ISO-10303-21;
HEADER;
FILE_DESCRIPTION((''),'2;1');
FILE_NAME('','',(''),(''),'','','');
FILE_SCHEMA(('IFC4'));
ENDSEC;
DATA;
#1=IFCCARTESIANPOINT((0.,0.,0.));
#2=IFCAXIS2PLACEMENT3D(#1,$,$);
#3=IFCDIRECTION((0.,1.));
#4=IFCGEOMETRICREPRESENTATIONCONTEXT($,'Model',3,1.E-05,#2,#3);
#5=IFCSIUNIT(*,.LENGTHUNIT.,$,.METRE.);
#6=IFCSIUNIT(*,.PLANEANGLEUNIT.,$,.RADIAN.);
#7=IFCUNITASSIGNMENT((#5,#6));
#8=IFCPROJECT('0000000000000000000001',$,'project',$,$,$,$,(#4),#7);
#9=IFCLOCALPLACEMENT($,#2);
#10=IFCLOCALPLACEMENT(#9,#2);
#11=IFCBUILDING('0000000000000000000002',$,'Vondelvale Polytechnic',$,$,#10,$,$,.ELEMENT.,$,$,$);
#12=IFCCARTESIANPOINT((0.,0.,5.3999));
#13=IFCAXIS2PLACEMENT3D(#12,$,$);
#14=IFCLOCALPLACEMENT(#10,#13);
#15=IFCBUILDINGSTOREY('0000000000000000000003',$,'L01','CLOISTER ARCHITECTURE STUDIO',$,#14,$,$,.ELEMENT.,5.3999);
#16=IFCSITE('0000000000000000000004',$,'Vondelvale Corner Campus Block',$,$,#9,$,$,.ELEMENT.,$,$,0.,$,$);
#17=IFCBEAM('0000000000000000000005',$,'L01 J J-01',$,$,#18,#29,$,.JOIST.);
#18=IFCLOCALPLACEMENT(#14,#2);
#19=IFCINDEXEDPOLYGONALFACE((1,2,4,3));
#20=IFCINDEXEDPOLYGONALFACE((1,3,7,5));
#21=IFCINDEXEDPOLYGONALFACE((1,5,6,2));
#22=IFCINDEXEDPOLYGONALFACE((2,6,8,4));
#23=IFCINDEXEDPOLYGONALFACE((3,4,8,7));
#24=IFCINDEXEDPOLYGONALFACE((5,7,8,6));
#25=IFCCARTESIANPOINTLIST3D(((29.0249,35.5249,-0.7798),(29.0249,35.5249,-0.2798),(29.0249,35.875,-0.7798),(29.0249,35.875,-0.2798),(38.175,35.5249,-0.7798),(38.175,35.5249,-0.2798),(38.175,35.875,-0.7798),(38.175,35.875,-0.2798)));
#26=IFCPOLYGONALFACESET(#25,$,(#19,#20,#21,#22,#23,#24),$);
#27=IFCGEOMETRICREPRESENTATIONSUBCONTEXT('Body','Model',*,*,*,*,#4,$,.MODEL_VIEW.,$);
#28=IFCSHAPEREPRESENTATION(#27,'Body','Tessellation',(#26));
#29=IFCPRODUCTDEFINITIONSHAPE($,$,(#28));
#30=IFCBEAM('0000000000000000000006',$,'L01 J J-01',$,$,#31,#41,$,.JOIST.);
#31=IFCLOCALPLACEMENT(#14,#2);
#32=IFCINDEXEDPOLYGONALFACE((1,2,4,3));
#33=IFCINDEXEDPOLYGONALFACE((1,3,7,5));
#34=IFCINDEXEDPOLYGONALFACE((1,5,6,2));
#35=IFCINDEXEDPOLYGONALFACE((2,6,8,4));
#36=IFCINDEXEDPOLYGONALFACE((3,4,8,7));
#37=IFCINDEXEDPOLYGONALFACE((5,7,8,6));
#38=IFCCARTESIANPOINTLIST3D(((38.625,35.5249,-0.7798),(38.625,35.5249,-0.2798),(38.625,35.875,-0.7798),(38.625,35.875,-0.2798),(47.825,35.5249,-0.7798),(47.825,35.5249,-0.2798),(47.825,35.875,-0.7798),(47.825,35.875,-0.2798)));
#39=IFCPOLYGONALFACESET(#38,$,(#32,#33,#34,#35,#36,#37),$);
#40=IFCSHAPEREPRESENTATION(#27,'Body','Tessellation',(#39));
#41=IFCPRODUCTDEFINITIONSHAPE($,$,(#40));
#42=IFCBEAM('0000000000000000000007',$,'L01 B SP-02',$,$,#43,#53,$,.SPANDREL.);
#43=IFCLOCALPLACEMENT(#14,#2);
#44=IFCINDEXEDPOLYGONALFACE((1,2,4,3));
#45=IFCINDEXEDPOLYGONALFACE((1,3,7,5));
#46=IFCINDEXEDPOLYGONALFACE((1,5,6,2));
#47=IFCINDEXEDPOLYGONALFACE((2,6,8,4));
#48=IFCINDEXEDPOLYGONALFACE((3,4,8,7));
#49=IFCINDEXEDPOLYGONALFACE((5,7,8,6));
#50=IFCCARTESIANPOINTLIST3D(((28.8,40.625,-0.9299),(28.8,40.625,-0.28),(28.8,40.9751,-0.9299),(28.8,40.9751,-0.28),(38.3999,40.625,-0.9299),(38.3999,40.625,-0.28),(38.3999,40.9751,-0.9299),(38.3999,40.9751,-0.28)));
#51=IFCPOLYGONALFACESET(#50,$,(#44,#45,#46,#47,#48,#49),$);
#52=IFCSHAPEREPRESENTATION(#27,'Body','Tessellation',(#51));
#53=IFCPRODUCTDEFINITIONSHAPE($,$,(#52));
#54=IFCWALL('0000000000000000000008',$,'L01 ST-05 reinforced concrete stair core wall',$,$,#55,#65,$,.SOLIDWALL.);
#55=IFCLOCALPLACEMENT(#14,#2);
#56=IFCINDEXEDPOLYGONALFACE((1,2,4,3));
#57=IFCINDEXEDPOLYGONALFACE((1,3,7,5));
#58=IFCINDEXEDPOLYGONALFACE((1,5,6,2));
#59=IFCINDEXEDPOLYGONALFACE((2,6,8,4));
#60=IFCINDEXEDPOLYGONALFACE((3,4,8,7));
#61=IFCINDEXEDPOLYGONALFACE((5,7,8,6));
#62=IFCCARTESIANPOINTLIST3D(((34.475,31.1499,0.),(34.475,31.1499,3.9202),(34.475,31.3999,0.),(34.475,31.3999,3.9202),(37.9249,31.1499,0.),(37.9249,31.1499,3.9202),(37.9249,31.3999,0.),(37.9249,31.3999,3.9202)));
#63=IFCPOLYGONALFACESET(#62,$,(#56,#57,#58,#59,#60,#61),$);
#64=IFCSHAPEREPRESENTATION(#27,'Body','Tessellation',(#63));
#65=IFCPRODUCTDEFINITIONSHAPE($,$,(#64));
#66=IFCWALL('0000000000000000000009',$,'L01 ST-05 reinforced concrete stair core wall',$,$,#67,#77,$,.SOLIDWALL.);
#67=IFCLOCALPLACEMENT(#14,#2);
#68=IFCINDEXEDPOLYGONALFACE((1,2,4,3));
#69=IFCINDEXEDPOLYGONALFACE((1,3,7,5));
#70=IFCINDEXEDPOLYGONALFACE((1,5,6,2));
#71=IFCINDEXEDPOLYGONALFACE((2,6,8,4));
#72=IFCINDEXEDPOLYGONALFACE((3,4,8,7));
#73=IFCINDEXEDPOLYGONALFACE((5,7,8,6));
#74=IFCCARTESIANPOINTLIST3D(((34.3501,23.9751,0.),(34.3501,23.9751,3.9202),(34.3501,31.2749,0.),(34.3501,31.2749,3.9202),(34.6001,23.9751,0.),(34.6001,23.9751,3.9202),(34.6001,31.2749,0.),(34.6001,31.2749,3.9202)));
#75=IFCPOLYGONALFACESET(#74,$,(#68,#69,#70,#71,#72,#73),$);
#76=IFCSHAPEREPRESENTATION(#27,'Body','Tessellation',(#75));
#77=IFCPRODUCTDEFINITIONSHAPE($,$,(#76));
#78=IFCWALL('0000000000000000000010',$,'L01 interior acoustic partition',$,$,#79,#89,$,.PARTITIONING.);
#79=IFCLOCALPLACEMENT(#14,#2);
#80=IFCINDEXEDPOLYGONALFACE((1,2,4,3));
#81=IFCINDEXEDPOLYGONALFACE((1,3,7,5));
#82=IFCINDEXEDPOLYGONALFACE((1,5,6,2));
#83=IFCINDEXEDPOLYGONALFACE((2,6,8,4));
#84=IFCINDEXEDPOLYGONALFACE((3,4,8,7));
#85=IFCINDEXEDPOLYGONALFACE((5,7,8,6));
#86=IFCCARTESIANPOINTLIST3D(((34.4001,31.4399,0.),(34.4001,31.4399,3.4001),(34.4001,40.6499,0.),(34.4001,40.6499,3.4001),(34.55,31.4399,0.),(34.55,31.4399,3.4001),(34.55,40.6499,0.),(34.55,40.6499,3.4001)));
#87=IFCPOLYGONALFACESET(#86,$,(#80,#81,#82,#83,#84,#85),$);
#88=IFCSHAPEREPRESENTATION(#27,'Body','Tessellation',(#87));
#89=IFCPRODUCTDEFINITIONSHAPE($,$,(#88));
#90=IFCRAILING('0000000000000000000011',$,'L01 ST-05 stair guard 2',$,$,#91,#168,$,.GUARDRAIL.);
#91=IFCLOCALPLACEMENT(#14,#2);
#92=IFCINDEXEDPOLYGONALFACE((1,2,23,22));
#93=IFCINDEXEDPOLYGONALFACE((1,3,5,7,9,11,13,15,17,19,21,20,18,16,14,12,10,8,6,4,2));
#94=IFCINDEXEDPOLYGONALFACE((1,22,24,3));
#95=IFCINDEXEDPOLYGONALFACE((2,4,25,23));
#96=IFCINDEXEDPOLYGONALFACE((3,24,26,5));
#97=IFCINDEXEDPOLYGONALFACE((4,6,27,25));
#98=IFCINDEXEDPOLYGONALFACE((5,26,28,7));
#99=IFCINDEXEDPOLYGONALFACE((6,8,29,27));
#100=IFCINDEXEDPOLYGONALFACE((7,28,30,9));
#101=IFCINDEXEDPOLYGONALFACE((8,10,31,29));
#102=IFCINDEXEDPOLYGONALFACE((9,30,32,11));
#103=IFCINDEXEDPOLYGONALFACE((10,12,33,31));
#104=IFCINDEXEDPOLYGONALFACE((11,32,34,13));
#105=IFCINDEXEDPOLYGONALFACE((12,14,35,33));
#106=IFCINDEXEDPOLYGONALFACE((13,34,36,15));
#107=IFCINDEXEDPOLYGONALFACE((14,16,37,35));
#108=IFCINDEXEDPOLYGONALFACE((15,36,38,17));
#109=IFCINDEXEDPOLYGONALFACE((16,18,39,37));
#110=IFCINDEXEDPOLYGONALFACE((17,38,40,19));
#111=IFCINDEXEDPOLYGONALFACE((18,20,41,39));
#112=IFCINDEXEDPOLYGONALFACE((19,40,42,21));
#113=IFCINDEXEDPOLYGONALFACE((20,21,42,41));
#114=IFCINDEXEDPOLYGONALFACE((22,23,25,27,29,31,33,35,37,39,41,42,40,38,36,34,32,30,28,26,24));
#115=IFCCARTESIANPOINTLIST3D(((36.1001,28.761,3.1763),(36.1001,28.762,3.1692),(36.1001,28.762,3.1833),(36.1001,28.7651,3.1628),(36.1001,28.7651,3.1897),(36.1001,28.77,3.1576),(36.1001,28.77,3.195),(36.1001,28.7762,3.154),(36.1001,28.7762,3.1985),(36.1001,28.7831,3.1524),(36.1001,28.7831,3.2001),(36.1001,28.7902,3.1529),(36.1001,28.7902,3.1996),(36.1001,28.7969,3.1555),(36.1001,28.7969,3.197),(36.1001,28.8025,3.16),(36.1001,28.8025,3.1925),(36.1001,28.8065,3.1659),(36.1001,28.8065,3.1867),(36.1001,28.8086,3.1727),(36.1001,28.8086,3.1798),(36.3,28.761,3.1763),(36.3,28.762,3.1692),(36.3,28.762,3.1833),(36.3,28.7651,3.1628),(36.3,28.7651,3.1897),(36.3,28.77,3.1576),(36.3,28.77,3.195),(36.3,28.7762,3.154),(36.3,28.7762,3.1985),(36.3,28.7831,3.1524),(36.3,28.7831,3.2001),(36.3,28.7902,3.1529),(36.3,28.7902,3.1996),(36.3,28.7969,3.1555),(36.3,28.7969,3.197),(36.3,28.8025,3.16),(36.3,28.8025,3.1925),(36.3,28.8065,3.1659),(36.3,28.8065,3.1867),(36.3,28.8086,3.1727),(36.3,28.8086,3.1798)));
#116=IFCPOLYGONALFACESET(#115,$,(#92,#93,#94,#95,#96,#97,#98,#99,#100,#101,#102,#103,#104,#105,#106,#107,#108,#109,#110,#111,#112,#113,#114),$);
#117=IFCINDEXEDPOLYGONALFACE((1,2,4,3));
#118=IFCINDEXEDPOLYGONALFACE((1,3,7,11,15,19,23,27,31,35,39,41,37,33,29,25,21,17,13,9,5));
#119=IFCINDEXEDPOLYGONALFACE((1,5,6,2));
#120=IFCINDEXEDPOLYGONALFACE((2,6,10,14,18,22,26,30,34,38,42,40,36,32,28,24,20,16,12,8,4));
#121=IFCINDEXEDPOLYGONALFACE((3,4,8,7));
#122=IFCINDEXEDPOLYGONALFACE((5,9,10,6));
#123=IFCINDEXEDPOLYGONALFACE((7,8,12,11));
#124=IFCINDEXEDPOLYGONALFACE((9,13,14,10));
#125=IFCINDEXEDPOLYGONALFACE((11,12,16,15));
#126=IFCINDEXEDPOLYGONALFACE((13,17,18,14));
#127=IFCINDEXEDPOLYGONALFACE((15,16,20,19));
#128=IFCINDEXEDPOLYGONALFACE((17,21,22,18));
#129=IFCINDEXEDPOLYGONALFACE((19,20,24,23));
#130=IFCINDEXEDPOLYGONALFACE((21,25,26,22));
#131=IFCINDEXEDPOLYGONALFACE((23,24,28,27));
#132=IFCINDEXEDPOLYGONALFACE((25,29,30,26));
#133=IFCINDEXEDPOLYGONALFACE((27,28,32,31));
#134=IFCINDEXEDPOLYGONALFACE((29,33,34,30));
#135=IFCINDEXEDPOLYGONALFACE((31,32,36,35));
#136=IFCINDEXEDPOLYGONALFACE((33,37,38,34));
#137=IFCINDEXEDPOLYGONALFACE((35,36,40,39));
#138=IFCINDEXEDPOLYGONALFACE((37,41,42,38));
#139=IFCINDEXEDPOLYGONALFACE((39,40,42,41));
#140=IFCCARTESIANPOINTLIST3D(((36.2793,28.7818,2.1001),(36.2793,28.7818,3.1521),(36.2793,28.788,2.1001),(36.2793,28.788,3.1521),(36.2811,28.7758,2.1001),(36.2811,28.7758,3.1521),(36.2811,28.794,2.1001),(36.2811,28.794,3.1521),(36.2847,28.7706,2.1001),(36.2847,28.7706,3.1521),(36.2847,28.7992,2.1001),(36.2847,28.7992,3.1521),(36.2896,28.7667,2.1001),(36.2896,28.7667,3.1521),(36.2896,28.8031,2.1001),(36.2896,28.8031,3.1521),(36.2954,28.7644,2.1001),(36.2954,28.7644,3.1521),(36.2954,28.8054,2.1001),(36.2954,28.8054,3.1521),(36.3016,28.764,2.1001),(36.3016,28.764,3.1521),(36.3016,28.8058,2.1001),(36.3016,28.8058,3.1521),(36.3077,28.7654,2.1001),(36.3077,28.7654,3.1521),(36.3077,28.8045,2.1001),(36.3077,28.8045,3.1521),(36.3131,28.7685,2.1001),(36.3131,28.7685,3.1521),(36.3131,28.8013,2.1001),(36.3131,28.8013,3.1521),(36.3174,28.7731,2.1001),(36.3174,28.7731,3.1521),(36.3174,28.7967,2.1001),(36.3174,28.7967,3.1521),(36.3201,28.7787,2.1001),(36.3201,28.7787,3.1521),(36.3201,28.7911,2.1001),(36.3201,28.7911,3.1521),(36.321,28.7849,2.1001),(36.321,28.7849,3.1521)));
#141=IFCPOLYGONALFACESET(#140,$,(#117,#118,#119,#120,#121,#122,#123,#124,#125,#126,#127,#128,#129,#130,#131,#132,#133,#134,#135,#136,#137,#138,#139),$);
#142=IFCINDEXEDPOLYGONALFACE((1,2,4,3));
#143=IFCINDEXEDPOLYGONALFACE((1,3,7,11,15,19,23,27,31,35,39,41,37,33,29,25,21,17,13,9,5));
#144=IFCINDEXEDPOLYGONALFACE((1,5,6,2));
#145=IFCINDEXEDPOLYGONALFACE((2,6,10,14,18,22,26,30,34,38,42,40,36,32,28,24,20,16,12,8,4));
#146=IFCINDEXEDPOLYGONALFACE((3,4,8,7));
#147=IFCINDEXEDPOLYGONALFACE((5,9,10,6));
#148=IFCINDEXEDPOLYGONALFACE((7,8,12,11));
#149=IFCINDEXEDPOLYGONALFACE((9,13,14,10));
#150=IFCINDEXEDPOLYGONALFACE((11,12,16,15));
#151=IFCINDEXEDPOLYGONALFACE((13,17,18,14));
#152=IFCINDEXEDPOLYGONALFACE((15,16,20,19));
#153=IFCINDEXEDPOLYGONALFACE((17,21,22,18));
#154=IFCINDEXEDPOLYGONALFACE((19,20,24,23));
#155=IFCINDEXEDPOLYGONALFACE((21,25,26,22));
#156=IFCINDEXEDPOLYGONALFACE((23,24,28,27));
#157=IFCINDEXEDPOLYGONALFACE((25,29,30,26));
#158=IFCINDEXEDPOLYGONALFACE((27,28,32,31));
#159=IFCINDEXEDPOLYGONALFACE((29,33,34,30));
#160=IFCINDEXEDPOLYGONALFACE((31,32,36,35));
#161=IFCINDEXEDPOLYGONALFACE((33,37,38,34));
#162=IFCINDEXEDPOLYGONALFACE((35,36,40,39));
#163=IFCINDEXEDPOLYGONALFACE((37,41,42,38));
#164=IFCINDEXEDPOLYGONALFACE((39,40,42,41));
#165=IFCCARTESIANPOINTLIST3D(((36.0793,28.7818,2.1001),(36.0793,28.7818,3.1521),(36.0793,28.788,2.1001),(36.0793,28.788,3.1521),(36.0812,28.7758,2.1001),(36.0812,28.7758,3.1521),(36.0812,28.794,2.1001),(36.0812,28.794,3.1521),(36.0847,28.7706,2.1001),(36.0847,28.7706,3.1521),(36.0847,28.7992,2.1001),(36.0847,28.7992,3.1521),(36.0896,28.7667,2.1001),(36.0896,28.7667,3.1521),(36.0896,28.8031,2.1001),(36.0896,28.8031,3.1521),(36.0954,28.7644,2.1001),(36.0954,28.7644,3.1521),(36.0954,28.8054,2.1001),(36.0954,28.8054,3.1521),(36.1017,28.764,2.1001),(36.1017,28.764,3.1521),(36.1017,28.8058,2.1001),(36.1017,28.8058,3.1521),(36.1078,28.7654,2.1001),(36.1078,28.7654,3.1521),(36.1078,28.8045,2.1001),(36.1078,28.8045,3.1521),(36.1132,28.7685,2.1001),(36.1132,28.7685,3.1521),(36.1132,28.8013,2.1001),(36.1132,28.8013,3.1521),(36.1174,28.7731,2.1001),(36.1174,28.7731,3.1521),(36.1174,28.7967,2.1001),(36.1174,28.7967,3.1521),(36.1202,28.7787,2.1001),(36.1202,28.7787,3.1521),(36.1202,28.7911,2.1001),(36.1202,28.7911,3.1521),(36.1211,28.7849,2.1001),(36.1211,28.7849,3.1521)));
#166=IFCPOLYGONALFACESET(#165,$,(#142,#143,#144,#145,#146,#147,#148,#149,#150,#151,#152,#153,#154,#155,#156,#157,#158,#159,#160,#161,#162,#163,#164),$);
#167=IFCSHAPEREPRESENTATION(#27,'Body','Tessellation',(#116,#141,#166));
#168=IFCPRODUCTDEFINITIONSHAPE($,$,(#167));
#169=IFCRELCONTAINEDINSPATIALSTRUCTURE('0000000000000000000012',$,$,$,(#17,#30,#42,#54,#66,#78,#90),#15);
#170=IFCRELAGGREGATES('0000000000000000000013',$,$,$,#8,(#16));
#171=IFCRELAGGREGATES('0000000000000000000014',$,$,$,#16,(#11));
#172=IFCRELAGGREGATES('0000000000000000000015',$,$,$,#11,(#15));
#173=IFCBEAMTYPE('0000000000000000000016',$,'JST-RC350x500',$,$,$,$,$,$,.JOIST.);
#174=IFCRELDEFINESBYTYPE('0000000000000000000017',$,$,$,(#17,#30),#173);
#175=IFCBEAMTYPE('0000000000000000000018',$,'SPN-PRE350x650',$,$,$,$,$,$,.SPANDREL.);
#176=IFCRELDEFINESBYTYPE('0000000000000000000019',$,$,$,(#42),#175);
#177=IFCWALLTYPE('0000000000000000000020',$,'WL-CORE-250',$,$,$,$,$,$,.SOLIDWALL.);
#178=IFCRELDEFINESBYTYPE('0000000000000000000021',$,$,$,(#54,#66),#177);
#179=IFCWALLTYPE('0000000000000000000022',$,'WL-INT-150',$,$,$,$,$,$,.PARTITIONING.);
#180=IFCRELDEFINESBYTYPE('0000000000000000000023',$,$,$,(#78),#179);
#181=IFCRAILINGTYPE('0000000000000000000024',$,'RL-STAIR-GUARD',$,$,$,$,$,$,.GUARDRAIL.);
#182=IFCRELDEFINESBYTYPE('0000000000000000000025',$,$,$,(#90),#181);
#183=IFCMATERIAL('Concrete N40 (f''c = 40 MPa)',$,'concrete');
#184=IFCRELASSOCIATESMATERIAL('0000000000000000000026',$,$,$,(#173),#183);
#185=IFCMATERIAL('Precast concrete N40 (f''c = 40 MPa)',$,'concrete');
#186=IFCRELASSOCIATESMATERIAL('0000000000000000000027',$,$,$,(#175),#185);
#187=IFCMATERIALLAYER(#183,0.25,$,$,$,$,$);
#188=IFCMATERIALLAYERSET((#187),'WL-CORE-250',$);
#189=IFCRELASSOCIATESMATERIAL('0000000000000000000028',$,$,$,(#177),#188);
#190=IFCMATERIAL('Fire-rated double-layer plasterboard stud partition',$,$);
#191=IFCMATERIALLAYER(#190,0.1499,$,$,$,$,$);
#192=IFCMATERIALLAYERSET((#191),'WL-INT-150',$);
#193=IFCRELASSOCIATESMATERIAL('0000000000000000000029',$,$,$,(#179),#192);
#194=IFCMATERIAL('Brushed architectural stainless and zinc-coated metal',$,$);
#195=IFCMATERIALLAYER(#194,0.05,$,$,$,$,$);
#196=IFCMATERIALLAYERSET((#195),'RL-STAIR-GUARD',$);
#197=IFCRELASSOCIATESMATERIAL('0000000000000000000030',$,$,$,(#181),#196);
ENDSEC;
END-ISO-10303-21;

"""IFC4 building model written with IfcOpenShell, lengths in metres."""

from ifc_helpers import new_model, si_unit, direction, frame, frame_2d, origin, origin_2d, place, context, subcontext, project, spatial, rectangle, circle, extrude, material, layer, layer_set, material_profile, profile_set, type_object, element, save


model = new_model("IFC4")

# Units and contexts
model_context = context("Model", 3, precision=1e-05, world=origin(), true_north=direction((0.0, 1.0)))
body_context = subcontext(model_context, "Body", "Model", "MODEL_VIEW")
ifc_project = project(units=[si_unit("LENGTHUNIT", "METRE"), si_unit("PLANEANGLEUNIT", "RADIAN")], contexts=[model_context])

# Site, building, storey
site_placement = place(None, origin())
site = spatial("IfcSite", under=ifc_project, at=site_placement, Name="Vondelvale Corner Campus Block", CompositionType="ELEMENT", RefElevation=0.0)
building_placement = place(site_placement, origin())
building = spatial("IfcBuilding", under=site, at=building_placement, Name="Vondelvale Polytechnic", CompositionType="ELEMENT")
storey_placement = place(building_placement, frame((0.0, 0.0, 5.3999)))
storey = spatial("IfcBuildingStorey", under=building, at=storey_placement, Name="L01", Description="CLOISTER ARCHITECTURE STUDIO", CompositionType="ELEMENT", Elevation=5.3999)

# Beams
ifc_material_1 = material(Name="Concrete N40 (f'c = 40 MPa)", Category="concrete")
ifc_material_profile_1 = material_profile(ifc_material_1, rectangle(XDim=0.3501, YDim=0.5, at=origin_2d()), Name="RC-JST-350x500")
ifc_profile_set_1 = profile_set([ifc_material_profile_1], Name="Concrete N40 (f'c = 40 MPa)")
beam_type_1 = type_object("IfcBeamType", Name="JST-RC350x500", PredefinedType="JOIST", material=ifc_profile_set_1)
beam_1_placement = place(storey_placement, frame((29.0249, 35.7, -0.5298), z_axis=(1.0, 0.0, 0.0), x_axis=(0.0, 1.0, 0.0)))
element("IfcBeam", 1, at=beam_1_placement, inside=storey, type_object=beam_type_1, Name="L01 J J-01", PredefinedType="JOIST", context=body_context, shape_type="SweptSolid", body=[
    extrude(rectangle(XDim=0.3501, YDim=0.5, at=origin_2d()), origin(), (0.0, 0.0, 1.0), 9.1501),
])
beam_2_placement = place(storey_placement, frame((38.625, 35.7, -0.5298), z_axis=(1.0, 0.0, 0.0), x_axis=(0.0, 1.0, 0.0)))
element("IfcBeam", 2, at=beam_2_placement, inside=storey, type_object=beam_type_1, Name="L01 J J-01", PredefinedType="JOIST", context=body_context, shape_type="SweptSolid", body=[
    extrude(rectangle(XDim=0.3501, YDim=0.5, at=origin_2d()), origin(), (0.0, 0.0, 1.0), 9.2),
])
ifc_material_2 = material(Name="Precast concrete N40 (f'c = 40 MPa)", Category="concrete")
ifc_material_profile_2 = material_profile(ifc_material_2, rectangle(XDim=0.3501, YDim=0.6499, at=origin_2d()), Name="RC-SPN-350x650")
ifc_profile_set_2 = profile_set([ifc_material_profile_2], Name="Precast concrete N40 (f'c = 40 MPa)")
beam_type_2 = type_object("IfcBeamType", Name="SPN-PRE350x650", PredefinedType="SPANDREL", material=ifc_profile_set_2)
beam_3_placement = place(storey_placement, frame((28.8, 40.8, -0.605), z_axis=(1.0, 0.0, 0.0), x_axis=(0.0, 1.0, 0.0)))
element("IfcBeam", 3, at=beam_3_placement, inside=storey, type_object=beam_type_2, Name="L01 B SP-02", PredefinedType="SPANDREL", context=body_context, shape_type="SweptSolid", body=[
    extrude(rectangle(XDim=0.3501, YDim=0.6499, at=origin_2d()), origin(), (0.0, 0.0, 1.0), 9.5999),
])

# Walls
ifc_layer_1 = layer(ifc_material_1, 0.25)
ifc_layer_set_1 = layer_set([ifc_layer_1], Name="WL-CORE-250")
wall_type_1 = type_object("IfcWallType", Name="WL-CORE-250", PredefinedType="SOLIDWALL", material=ifc_layer_set_1)
wall_1_placement = place(storey_placement, frame((37.925, 31.2749, 0.0), z_axis=(0.0, 0.0, 1.0), x_axis=(-1.0, 0.0, 0.0)))
element("IfcWall", 4, at=wall_1_placement, inside=storey, type_object=wall_type_1, Name="L01 ST-05 reinforced concrete stair core wall", PredefinedType="SOLIDWALL", context=body_context, shape_type="SweptSolid", body=[
    extrude(rectangle(XDim=3.45, YDim=0.25, at=frame_2d((1.7251, 0.0))), origin(), (0.0, 0.0, 1.0), 3.9202),
])
wall_2_placement = place(storey_placement, frame((34.4751, 31.2749, 0.0), z_axis=(0.0, 0.0, 1.0), x_axis=(0.0, -1.0, 0.0)))
element("IfcWall", 5, at=wall_2_placement, inside=storey, type_object=wall_type_1, Name="L01 ST-05 reinforced concrete stair core wall", PredefinedType="SOLIDWALL", context=body_context, shape_type="SweptSolid", body=[
    extrude(rectangle(XDim=7.2998, YDim=0.25, at=frame_2d((3.6499, 0.0))), origin(), (0.0, 0.0, 1.0), 3.9202),
])
ifc_material_3 = material(Name="Fire-rated double-layer plasterboard stud partition")
ifc_layer_2 = layer(ifc_material_3, 0.1499)
ifc_layer_set_2 = layer_set([ifc_layer_2], Name="WL-INT-150")
wall_type_2 = type_object("IfcWallType", Name="WL-INT-150", PredefinedType="PARTITIONING", material=ifc_layer_set_2)
wall_3_placement = place(storey_placement, frame((34.4751, 31.4399, 0.0), z_axis=(0.0, 0.0, 1.0), x_axis=(0.0, 1.0, 0.0)))
element("IfcWall", 6, at=wall_3_placement, inside=storey, type_object=wall_type_2, Name="L01 interior acoustic partition", PredefinedType="PARTITIONING", context=body_context, shape_type="SweptSolid", body=[
    extrude(rectangle(XDim=9.21, YDim=0.1499, at=frame_2d((4.605, 0.0))), origin(), (0.0, 0.0, 1.0), 3.4001),
])

# Railing
ifc_material_4 = material(Name="Brushed architectural stainless and zinc-coated metal")
ifc_layer_3 = layer(ifc_material_4, 0.05)
ifc_layer_set_3 = layer_set([ifc_layer_3], Name="RL-STAIR-GUARD")
railing_type = type_object("IfcRailingType", Name="RL-STAIR-GUARD", PredefinedType="GUARDRAIL", material=ifc_layer_set_3)
railing_placement = place(storey_placement, frame((36.3, 28.7849, 2.1001)))
element("IfcRailing", 7, at=railing_placement, inside=storey, type_object=railing_type, Name="L01 ST-05 stair guard 2", PredefinedType="GUARDRAIL", context=body_context, shape_type="SweptSolid", body=[
    extrude(circle(Radius=0.0239, at=origin_2d()), frame((0.0, 0.0, 1.0762), z_axis=(-1.0, 0.0, 0.0), x_axis=(0.0, -1.0, 0.0)), (0.0, 0.0, 1.0), 0.2),
    extrude(circle(Radius=0.021, at=origin_2d()), origin(), (0.0, 0.0, 1.0), 1.052),
    extrude(circle(Radius=0.021, at=origin_2d()), frame((-0.2, 0.0, 0.0)), (0.0, 0.0, 1.0), 1.052),
])

save(model, "model.ifc")
